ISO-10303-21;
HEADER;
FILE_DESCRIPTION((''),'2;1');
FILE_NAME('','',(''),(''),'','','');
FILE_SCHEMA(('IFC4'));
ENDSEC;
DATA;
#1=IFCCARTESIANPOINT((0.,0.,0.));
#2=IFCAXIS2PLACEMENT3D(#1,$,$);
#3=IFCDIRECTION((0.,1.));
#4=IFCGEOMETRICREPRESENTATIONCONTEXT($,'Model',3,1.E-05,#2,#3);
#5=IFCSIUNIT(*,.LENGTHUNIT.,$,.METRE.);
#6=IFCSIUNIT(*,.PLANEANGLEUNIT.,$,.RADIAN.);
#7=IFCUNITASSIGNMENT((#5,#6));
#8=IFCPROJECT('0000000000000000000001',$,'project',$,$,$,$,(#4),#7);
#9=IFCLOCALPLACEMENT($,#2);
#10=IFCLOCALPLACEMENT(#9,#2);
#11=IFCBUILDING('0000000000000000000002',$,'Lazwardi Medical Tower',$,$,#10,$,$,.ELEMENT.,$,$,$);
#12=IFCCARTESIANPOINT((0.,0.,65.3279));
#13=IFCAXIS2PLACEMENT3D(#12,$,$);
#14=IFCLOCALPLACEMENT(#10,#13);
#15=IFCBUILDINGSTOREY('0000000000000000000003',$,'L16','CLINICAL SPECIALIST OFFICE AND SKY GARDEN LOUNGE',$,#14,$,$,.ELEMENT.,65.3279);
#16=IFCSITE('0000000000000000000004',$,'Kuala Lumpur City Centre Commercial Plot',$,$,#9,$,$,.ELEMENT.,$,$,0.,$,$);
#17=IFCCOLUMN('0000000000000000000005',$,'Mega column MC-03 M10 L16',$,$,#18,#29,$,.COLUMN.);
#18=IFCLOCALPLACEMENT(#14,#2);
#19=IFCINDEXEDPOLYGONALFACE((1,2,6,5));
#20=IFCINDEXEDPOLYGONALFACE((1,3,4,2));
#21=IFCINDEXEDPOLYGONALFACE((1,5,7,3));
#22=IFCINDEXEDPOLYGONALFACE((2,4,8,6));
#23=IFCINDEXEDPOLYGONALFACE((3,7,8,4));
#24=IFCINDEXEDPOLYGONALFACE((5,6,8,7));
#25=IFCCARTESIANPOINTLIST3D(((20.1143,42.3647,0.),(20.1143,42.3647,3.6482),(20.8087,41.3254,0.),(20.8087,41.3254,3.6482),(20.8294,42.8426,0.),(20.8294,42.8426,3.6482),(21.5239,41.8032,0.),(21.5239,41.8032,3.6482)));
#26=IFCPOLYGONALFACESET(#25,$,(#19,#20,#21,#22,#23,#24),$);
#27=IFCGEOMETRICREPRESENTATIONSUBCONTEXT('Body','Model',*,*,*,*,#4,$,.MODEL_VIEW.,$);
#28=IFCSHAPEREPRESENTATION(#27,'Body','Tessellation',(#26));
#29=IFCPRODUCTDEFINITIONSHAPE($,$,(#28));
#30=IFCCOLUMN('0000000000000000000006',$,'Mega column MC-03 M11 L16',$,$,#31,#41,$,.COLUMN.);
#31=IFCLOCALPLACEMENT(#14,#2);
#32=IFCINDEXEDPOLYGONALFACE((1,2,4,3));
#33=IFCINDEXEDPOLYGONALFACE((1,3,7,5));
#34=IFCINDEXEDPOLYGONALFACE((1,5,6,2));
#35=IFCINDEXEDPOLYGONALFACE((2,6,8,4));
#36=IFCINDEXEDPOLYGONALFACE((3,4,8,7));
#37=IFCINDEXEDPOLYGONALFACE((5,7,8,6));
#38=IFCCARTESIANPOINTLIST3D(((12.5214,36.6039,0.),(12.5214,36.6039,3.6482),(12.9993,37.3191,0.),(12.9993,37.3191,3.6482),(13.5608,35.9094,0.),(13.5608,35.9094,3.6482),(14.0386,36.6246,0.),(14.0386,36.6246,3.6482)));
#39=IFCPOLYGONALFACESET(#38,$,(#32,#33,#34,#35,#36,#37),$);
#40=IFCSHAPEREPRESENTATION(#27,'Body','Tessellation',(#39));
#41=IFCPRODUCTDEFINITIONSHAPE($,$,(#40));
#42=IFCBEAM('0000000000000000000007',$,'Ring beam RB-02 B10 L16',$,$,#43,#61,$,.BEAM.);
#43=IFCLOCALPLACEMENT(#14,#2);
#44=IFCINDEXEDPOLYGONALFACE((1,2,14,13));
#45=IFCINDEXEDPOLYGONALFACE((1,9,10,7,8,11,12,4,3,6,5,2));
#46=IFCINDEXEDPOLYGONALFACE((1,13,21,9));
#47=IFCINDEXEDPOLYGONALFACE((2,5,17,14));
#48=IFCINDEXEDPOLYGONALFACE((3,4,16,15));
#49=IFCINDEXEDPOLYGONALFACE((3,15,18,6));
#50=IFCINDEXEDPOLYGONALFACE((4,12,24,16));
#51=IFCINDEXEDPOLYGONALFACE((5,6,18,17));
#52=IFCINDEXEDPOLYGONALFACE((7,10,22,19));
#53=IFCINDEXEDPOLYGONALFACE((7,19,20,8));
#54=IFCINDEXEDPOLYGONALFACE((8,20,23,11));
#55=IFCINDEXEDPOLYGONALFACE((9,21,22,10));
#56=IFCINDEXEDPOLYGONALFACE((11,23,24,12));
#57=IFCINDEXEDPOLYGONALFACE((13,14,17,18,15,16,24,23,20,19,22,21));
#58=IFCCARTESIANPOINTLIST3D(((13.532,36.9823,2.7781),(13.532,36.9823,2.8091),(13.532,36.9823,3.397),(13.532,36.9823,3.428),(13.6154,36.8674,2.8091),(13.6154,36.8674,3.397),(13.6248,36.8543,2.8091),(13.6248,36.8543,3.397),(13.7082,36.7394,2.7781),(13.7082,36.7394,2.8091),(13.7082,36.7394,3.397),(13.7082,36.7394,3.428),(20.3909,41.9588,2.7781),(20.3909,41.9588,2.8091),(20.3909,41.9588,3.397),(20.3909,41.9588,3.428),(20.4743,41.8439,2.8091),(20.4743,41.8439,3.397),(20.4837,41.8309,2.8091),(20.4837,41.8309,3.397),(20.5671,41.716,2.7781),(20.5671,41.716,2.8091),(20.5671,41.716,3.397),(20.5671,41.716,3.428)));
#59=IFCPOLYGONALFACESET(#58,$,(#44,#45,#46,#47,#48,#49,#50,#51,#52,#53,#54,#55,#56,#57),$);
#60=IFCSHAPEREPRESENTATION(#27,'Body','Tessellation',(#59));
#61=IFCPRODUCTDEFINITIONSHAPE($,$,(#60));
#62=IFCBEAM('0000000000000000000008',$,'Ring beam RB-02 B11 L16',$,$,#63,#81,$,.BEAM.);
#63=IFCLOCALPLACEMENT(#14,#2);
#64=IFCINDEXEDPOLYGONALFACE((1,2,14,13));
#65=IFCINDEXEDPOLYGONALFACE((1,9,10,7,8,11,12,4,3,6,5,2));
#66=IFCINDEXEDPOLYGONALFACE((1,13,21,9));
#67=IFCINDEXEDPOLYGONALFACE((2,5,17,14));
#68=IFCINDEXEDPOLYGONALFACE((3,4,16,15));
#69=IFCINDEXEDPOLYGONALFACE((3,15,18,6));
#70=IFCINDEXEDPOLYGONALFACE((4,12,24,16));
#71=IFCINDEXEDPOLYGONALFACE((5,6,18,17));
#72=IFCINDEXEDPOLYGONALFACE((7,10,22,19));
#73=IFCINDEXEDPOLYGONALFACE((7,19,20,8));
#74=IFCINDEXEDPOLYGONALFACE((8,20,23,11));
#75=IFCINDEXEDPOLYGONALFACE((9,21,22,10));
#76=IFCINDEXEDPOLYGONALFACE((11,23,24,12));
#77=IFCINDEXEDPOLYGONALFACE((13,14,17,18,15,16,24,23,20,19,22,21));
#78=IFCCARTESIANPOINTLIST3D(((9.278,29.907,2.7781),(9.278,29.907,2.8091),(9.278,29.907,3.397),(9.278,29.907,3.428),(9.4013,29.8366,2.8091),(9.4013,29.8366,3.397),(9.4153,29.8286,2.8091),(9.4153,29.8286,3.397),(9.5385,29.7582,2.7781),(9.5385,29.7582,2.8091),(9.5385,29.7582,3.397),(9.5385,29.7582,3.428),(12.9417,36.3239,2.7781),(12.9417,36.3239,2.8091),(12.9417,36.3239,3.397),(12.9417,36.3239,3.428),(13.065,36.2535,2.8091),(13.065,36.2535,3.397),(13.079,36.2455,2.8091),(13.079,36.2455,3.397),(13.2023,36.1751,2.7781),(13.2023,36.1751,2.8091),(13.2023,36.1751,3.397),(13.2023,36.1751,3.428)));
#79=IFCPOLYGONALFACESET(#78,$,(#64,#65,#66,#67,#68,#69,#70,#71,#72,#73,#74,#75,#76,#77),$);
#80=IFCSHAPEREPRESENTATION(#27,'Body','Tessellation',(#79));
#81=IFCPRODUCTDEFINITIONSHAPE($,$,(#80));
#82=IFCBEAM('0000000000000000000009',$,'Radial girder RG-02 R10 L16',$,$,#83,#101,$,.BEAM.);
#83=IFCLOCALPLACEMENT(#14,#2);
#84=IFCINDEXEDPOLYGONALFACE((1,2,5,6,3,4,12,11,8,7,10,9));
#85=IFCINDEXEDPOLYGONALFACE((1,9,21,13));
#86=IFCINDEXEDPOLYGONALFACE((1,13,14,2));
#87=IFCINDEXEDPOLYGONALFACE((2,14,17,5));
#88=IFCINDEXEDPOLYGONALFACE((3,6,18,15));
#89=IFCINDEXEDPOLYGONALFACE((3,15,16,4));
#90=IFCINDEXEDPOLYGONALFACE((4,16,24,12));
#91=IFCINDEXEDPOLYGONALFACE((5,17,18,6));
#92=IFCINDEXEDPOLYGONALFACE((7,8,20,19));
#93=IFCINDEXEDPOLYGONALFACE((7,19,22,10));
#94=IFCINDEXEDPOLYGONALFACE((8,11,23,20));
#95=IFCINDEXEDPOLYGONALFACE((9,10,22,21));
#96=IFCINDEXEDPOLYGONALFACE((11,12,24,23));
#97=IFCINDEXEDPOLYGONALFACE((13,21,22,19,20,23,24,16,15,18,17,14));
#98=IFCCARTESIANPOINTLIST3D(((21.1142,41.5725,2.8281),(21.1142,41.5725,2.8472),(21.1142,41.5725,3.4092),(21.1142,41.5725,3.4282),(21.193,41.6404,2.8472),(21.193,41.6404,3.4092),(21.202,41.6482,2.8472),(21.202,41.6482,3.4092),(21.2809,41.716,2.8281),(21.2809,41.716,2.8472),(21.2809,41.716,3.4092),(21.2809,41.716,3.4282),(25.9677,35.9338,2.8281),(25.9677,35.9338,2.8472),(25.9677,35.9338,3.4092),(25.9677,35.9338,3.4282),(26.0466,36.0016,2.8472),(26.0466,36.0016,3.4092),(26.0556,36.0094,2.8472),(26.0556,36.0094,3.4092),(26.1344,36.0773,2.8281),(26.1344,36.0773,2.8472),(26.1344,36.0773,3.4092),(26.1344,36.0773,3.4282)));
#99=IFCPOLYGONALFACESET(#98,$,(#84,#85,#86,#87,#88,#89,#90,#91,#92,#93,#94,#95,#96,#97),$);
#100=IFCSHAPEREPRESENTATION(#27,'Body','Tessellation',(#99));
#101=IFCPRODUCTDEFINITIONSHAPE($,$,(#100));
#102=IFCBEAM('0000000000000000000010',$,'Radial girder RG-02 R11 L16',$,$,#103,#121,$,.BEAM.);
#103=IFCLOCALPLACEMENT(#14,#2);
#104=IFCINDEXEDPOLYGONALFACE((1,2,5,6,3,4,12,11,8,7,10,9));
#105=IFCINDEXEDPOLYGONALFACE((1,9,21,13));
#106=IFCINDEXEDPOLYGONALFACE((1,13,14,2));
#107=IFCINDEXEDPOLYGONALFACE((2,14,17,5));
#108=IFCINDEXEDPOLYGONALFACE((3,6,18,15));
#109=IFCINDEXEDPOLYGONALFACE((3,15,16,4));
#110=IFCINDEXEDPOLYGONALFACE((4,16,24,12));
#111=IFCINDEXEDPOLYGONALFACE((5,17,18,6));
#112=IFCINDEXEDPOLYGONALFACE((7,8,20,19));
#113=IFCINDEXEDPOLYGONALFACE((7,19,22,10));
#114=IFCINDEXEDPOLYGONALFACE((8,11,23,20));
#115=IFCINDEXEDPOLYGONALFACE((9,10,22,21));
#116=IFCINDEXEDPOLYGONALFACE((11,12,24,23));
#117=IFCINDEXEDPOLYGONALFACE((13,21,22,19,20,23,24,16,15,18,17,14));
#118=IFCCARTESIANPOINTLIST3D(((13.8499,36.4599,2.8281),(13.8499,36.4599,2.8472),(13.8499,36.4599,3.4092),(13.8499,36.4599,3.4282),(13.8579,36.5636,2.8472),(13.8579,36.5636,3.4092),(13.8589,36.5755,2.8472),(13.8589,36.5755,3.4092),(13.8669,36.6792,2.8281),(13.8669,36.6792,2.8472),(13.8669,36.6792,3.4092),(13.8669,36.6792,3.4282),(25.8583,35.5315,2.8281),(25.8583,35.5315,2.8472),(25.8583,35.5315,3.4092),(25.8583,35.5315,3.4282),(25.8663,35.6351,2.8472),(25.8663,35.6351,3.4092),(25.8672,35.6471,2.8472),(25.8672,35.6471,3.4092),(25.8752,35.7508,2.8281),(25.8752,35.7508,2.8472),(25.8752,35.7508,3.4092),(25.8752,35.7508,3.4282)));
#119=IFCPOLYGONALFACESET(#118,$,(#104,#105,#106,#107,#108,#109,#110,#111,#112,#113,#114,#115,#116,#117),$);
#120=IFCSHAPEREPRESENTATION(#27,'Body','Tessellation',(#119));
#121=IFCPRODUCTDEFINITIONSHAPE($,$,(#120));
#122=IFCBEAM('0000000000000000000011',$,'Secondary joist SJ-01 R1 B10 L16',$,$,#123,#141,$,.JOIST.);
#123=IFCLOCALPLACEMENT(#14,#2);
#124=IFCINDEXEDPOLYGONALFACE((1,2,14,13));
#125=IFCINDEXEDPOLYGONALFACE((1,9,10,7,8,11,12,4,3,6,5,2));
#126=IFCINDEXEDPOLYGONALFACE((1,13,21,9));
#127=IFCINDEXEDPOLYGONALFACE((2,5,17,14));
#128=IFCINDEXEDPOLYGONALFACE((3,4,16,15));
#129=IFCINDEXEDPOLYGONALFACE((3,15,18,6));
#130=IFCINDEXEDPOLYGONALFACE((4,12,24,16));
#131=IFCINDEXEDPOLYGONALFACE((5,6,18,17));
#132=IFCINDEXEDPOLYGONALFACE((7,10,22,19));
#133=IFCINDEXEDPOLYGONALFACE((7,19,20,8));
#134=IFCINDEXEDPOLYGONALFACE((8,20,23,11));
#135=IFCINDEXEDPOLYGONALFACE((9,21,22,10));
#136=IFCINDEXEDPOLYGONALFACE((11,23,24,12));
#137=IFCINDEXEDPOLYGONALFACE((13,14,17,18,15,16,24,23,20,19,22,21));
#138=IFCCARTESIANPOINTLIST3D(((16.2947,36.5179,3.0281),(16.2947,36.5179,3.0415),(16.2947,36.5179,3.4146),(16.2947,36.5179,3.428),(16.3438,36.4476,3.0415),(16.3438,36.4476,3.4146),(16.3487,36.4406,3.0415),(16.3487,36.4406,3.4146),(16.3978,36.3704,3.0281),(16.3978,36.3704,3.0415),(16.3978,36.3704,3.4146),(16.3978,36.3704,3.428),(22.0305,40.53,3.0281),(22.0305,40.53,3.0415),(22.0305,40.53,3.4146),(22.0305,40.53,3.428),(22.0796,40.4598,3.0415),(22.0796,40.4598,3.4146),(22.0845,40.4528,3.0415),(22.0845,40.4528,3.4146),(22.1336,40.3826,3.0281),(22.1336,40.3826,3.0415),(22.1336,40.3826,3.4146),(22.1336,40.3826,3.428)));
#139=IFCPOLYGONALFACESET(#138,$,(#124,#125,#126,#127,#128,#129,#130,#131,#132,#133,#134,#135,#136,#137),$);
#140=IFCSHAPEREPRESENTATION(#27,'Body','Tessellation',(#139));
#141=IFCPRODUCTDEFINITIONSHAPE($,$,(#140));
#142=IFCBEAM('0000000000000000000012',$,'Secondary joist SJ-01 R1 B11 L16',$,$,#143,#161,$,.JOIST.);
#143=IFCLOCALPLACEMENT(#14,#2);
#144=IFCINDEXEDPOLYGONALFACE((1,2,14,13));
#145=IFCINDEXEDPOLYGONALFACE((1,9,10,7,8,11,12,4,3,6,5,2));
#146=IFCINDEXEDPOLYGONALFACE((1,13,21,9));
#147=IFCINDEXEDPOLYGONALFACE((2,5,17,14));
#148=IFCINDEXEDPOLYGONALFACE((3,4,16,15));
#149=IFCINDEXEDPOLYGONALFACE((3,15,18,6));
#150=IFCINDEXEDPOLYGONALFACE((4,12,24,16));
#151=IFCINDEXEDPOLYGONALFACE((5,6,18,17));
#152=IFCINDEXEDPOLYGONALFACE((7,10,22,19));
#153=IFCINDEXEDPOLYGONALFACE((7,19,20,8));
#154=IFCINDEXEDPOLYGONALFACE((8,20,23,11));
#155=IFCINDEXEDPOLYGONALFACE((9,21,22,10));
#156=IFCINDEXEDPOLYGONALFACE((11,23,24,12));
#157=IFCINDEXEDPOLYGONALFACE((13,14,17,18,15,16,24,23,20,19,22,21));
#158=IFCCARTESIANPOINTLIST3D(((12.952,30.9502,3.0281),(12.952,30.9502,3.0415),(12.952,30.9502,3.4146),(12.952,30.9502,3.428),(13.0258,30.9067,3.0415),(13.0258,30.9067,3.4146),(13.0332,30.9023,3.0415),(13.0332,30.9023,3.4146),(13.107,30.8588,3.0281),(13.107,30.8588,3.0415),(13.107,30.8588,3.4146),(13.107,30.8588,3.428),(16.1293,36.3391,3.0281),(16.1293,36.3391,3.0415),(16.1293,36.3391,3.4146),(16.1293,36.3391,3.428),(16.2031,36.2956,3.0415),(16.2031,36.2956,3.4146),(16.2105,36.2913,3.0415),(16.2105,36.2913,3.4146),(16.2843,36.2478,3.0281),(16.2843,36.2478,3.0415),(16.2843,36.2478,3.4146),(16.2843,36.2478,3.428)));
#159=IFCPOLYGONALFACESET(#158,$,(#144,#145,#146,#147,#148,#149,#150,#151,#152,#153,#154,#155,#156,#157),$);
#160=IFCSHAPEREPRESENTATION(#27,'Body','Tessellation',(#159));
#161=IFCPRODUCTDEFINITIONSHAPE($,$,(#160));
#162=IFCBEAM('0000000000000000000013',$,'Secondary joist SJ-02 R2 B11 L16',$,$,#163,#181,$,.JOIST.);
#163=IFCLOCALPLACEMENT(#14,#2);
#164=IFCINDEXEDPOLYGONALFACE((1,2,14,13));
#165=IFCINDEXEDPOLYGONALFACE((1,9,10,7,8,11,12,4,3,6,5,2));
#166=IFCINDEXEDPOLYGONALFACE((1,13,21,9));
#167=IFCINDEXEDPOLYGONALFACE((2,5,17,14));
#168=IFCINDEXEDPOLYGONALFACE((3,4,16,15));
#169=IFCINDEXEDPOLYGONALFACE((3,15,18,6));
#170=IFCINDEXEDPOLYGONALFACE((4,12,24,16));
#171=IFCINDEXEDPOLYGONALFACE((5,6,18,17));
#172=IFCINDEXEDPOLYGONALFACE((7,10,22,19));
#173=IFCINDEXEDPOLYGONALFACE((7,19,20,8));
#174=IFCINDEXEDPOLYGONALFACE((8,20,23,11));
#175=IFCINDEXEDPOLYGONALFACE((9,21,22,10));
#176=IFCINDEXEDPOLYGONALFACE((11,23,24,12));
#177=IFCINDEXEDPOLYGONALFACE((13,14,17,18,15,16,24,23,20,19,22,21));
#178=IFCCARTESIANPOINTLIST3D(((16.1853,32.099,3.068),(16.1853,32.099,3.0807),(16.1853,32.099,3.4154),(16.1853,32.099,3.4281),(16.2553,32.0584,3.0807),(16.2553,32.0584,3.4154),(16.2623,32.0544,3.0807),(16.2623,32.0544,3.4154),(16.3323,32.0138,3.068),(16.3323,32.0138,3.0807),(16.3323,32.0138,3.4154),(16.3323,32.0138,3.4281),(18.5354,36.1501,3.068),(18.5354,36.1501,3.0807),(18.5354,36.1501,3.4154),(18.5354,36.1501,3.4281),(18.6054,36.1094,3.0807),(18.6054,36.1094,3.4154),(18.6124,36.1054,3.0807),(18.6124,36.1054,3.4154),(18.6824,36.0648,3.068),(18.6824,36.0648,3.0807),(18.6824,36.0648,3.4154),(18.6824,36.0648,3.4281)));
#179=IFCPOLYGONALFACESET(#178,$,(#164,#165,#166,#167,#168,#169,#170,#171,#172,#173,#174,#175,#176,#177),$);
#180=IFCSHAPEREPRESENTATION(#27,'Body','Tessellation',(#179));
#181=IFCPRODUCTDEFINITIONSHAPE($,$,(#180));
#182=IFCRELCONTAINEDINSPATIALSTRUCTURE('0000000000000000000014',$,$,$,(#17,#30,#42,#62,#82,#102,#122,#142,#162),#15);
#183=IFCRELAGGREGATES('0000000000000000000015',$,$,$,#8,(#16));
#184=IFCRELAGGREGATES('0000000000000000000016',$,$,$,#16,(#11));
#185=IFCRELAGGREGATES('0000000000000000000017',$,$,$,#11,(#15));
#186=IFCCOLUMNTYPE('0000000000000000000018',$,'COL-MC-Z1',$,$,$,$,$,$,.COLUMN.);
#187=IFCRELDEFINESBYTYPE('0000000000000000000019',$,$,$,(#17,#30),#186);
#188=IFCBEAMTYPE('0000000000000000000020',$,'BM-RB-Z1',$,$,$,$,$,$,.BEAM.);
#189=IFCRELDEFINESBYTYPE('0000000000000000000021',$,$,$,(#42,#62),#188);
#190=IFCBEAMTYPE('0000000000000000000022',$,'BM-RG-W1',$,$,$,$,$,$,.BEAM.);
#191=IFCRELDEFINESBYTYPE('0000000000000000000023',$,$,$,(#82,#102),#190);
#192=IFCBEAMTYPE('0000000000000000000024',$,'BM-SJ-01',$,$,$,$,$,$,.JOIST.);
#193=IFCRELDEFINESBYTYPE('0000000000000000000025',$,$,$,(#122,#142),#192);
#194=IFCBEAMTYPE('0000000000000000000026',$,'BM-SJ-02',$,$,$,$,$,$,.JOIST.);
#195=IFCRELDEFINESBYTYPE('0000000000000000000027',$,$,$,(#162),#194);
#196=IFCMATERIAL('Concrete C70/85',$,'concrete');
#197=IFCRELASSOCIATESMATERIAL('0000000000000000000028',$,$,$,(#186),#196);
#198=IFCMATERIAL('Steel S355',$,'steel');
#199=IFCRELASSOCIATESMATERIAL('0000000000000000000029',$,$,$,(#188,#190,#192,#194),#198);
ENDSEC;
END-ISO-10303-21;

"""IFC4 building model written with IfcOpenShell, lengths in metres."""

from ifc_helpers import new_model, si_unit, direction, frame, origin, origin_2d, place, context, subcontext, project, spatial, rectangle, i_section, extrude, material, material_profile, profile_set, type_object, element, save


model = new_model("IFC4")

# Units and contexts
model_context = context("Model", 3, precision=1e-05, world=origin(), true_north=direction((0.0, 1.0)))
body_context = subcontext(model_context, "Body", "Model", "MODEL_VIEW")
ifc_project = project(units=[si_unit("LENGTHUNIT", "METRE"), si_unit("PLANEANGLEUNIT", "RADIAN")], contexts=[model_context])

# Site, building, storey
site_placement = place(None, origin())
site = spatial("IfcSite", under=ifc_project, at=site_placement, Name="Kuala Lumpur City Centre Commercial Plot", CompositionType="ELEMENT", RefElevation=0.0)
building_placement = place(site_placement, origin())
building = spatial("IfcBuilding", under=site, at=building_placement, Name="Lazwardi Medical Tower", CompositionType="ELEMENT")
storey_placement = place(building_placement, frame((0.0, 0.0, 65.3279)))
storey = spatial("IfcBuildingStorey", under=building, at=storey_placement, Name="L16", Description="CLINICAL SPECIALIST OFFICE AND SKY GARDEN LOUNGE", CompositionType="ELEMENT", Elevation=65.3279)

# Columns
ifc_material_1 = material(Name="Concrete C70/85", Category="concrete")
ifc_material_profile_1 = material_profile(ifc_material_1, rectangle(XDim=1.25, YDim=0.8601, at=origin_2d()), Name="CFT-RECT 1250x860")
ifc_profile_set_1 = profile_set([ifc_material_profile_1], Name="Concrete C70/85")
column_type = type_object("IfcColumnType", Name="COL-MC-Z1", PredefinedType="COLUMN", material=ifc_profile_set_1)
for number, where, z_axis, x_axis, name in (
    (1, (20.8191, 42.084, 0.0), (0.0, 0.0, 1.0), (-0.55557, 0.83147, 0.0), "Mega column MC-03 M10 L16"),
    (2, (13.28, 36.6143, 0.0), (0.0, 0.0, 1.0), (-0.83147, 0.55557, 0.0), "Mega column MC-03 M11 L16"),
):
    element("IfcColumn", number, at=place(storey_placement, frame(where, z_axis=z_axis, x_axis=x_axis)), inside=storey, type_object=column_type, Name=name, PredefinedType="COLUMN", context=body_context, shape_type="SweptSolid", body=[
        extrude(rectangle(XDim=1.25, YDim=0.8601, at=origin_2d()), origin(), (0.0, 0.0, 1.0), 3.6482),
    ])

# Beams
ifc_material_2 = material(Name="Steel S355", Category="steel")
ifc_material_profile_2 = material_profile(ifc_material_2, i_section(OverallWidth=0.3, OverallDepth=0.6499, WebThickness=0.0161, FlangeThickness=0.031, at=origin_2d()), Name="HEB 650")
ifc_profile_set_2 = profile_set([ifc_material_profile_2], Name="Steel S355")
beam_type_1 = type_object("IfcBeamType", Name="BM-RB-Z1", PredefinedType="BEAM", material=ifc_profile_set_2)
beam_1_placement = place(storey_placement, frame((20.479, 41.8374, 3.103), z_axis=(-0.809393, -0.587267, 0.0), x_axis=(0.587267, -0.809393, 0.0)))
element("IfcBeam", 3, at=beam_1_placement, inside=storey, type_object=beam_type_1, Name="Ring beam RB-02 B10 L16", PredefinedType="BEAM", context=body_context, shape_type="SweptSolid", body=[
    extrude(i_section(OverallWidth=0.3, OverallDepth=0.6499, WebThickness=0.0161, FlangeThickness=0.031, at=origin_2d()), origin(), (0.0, 0.0, 1.0), 8.4741),
])
beam_2_placement = place(storey_placement, frame((13.072, 36.2495, 3.103), z_axis=(-0.495829, -0.86842, 0.0), x_axis=(0.86842, -0.495829, 0.0)))
element("IfcBeam", 4, at=beam_2_placement, inside=storey, type_object=beam_type_1, Name="Ring beam RB-02 B11 L16", PredefinedType="BEAM", context=body_context, shape_type="SweptSolid", body=[
    extrude(i_section(OverallWidth=0.3, OverallDepth=0.6499, WebThickness=0.0161, FlangeThickness=0.031, at=origin_2d()), origin(), (0.0, 0.0, 1.0), 7.3892),
])
ifc_material_profile_3 = material_profile(ifc_material_2, i_section(OverallWidth=0.22, OverallDepth=0.6001, WebThickness=0.012, FlangeThickness=0.019, at=origin_2d()), Name="IPE 600")
ifc_profile_set_3 = profile_set([ifc_material_profile_3], Name="Steel S355")
beam_type_2 = type_object("IfcBeamType", Name="BM-RG-W1", PredefinedType="BEAM", material=ifc_profile_set_3)
beam_3_placement = place(storey_placement, frame((21.1975, 41.6443, 3.1282), z_axis=(0.652368, -0.757902, 0.0), x_axis=(0.757902, 0.652368, 0.0)))
element("IfcBeam", 5, at=beam_3_placement, inside=storey, type_object=beam_type_2, Name="Radial girder RG-02 R10 L16", PredefinedType="BEAM", context=body_context, shape_type="SweptSolid", body=[
    extrude(i_section(OverallWidth=0.22, OverallDepth=0.6001, WebThickness=0.012, FlangeThickness=0.019, at=origin_2d()), origin(), (0.0, 0.0, 1.0), 7.4399),
])
beam_4_placement = place(storey_placement, frame((13.8584, 36.5696, 3.1282), z_axis=(0.997024, -0.077089, 0.0), x_axis=(0.077089, 0.997024, 0.0)))
element("IfcBeam", 6, at=beam_4_placement, inside=storey, type_object=beam_type_2, Name="Radial girder RG-02 R11 L16", PredefinedType="BEAM", context=body_context, shape_type="SweptSolid", body=[
    extrude(i_section(OverallWidth=0.22, OverallDepth=0.6001, WebThickness=0.012, FlangeThickness=0.019, at=origin_2d()), origin(), (0.0, 0.0, 1.0), 12.0442),
])
ifc_material_profile_4 = material_profile(ifc_material_2, i_section(OverallWidth=0.1799, OverallDepth=0.3999, WebThickness=0.0085, FlangeThickness=0.0134, at=origin_2d()), Name="IPE 400")
ifc_profile_set_4 = profile_set([ifc_material_profile_4], Name="Steel S355")
beam_type_3 = type_object("IfcBeamType", Name="BM-SJ-01", PredefinedType="JOIST", material=ifc_profile_set_4)
beam_5_placement = place(storey_placement, frame((22.082, 40.4563, 3.228), z_axis=(-0.819425, -0.573186, 0.0), x_axis=(0.573186, -0.819425, 0.0)))
element("IfcBeam", 7, at=beam_5_placement, inside=storey, type_object=beam_type_3, Name="Secondary joist SJ-01 R1 B10 L16", PredefinedType="JOIST", context=body_context, shape_type="SweptSolid", body=[
    extrude(i_section(OverallWidth=0.1799, OverallDepth=0.3999, WebThickness=0.0085, FlangeThickness=0.0134, at=origin_2d()), origin(), (0.0, 0.0, 1.0), 6.9998),
])
beam_6_placement = place(storey_placement, frame((16.2068, 36.2935, 3.228), z_axis=(-0.507886, -0.861424, 0.0), x_axis=(0.861424, -0.507886, 0.0)))
element("IfcBeam", 8, at=beam_6_placement, inside=storey, type_object=beam_type_3, Name="Secondary joist SJ-01 R1 B11 L16", PredefinedType="JOIST", context=body_context, shape_type="SweptSolid", body=[
    extrude(i_section(OverallWidth=0.1799, OverallDepth=0.3999, WebThickness=0.0085, FlangeThickness=0.0134, at=origin_2d()), origin(), (0.0, 0.0, 1.0), 6.2559),
])
ifc_material_profile_5 = material_profile(ifc_material_2, i_section(OverallWidth=0.1699, OverallDepth=0.3601, WebThickness=0.0081, FlangeThickness=0.0127, at=origin_2d()), Name="IPE 360")
ifc_profile_set_5 = profile_set([ifc_material_profile_5], Name="Steel S355")
beam_type_4 = type_object("IfcBeamType", Name="BM-SJ-02", PredefinedType="JOIST", material=ifc_profile_set_5)
beam_7_placement = place(storey_placement, frame((18.6089, 36.1074, 3.248), z_axis=(-0.501798, -0.864985, 0.0), x_axis=(0.864985, -0.501798, 0.0)))
element("IfcBeam", 9, at=beam_7_placement, inside=storey, type_object=beam_type_4, Name="Secondary joist SJ-02 R2 B11 L16", PredefinedType="JOIST", context=body_context, shape_type="SweptSolid", body=[
    extrude(i_section(OverallWidth=0.1699, OverallDepth=0.3601, WebThickness=0.0081, FlangeThickness=0.0127, at=origin_2d()), origin(), (0.0, 0.0, 1.0), 4.6833),
])

save(model, "model.ifc")
